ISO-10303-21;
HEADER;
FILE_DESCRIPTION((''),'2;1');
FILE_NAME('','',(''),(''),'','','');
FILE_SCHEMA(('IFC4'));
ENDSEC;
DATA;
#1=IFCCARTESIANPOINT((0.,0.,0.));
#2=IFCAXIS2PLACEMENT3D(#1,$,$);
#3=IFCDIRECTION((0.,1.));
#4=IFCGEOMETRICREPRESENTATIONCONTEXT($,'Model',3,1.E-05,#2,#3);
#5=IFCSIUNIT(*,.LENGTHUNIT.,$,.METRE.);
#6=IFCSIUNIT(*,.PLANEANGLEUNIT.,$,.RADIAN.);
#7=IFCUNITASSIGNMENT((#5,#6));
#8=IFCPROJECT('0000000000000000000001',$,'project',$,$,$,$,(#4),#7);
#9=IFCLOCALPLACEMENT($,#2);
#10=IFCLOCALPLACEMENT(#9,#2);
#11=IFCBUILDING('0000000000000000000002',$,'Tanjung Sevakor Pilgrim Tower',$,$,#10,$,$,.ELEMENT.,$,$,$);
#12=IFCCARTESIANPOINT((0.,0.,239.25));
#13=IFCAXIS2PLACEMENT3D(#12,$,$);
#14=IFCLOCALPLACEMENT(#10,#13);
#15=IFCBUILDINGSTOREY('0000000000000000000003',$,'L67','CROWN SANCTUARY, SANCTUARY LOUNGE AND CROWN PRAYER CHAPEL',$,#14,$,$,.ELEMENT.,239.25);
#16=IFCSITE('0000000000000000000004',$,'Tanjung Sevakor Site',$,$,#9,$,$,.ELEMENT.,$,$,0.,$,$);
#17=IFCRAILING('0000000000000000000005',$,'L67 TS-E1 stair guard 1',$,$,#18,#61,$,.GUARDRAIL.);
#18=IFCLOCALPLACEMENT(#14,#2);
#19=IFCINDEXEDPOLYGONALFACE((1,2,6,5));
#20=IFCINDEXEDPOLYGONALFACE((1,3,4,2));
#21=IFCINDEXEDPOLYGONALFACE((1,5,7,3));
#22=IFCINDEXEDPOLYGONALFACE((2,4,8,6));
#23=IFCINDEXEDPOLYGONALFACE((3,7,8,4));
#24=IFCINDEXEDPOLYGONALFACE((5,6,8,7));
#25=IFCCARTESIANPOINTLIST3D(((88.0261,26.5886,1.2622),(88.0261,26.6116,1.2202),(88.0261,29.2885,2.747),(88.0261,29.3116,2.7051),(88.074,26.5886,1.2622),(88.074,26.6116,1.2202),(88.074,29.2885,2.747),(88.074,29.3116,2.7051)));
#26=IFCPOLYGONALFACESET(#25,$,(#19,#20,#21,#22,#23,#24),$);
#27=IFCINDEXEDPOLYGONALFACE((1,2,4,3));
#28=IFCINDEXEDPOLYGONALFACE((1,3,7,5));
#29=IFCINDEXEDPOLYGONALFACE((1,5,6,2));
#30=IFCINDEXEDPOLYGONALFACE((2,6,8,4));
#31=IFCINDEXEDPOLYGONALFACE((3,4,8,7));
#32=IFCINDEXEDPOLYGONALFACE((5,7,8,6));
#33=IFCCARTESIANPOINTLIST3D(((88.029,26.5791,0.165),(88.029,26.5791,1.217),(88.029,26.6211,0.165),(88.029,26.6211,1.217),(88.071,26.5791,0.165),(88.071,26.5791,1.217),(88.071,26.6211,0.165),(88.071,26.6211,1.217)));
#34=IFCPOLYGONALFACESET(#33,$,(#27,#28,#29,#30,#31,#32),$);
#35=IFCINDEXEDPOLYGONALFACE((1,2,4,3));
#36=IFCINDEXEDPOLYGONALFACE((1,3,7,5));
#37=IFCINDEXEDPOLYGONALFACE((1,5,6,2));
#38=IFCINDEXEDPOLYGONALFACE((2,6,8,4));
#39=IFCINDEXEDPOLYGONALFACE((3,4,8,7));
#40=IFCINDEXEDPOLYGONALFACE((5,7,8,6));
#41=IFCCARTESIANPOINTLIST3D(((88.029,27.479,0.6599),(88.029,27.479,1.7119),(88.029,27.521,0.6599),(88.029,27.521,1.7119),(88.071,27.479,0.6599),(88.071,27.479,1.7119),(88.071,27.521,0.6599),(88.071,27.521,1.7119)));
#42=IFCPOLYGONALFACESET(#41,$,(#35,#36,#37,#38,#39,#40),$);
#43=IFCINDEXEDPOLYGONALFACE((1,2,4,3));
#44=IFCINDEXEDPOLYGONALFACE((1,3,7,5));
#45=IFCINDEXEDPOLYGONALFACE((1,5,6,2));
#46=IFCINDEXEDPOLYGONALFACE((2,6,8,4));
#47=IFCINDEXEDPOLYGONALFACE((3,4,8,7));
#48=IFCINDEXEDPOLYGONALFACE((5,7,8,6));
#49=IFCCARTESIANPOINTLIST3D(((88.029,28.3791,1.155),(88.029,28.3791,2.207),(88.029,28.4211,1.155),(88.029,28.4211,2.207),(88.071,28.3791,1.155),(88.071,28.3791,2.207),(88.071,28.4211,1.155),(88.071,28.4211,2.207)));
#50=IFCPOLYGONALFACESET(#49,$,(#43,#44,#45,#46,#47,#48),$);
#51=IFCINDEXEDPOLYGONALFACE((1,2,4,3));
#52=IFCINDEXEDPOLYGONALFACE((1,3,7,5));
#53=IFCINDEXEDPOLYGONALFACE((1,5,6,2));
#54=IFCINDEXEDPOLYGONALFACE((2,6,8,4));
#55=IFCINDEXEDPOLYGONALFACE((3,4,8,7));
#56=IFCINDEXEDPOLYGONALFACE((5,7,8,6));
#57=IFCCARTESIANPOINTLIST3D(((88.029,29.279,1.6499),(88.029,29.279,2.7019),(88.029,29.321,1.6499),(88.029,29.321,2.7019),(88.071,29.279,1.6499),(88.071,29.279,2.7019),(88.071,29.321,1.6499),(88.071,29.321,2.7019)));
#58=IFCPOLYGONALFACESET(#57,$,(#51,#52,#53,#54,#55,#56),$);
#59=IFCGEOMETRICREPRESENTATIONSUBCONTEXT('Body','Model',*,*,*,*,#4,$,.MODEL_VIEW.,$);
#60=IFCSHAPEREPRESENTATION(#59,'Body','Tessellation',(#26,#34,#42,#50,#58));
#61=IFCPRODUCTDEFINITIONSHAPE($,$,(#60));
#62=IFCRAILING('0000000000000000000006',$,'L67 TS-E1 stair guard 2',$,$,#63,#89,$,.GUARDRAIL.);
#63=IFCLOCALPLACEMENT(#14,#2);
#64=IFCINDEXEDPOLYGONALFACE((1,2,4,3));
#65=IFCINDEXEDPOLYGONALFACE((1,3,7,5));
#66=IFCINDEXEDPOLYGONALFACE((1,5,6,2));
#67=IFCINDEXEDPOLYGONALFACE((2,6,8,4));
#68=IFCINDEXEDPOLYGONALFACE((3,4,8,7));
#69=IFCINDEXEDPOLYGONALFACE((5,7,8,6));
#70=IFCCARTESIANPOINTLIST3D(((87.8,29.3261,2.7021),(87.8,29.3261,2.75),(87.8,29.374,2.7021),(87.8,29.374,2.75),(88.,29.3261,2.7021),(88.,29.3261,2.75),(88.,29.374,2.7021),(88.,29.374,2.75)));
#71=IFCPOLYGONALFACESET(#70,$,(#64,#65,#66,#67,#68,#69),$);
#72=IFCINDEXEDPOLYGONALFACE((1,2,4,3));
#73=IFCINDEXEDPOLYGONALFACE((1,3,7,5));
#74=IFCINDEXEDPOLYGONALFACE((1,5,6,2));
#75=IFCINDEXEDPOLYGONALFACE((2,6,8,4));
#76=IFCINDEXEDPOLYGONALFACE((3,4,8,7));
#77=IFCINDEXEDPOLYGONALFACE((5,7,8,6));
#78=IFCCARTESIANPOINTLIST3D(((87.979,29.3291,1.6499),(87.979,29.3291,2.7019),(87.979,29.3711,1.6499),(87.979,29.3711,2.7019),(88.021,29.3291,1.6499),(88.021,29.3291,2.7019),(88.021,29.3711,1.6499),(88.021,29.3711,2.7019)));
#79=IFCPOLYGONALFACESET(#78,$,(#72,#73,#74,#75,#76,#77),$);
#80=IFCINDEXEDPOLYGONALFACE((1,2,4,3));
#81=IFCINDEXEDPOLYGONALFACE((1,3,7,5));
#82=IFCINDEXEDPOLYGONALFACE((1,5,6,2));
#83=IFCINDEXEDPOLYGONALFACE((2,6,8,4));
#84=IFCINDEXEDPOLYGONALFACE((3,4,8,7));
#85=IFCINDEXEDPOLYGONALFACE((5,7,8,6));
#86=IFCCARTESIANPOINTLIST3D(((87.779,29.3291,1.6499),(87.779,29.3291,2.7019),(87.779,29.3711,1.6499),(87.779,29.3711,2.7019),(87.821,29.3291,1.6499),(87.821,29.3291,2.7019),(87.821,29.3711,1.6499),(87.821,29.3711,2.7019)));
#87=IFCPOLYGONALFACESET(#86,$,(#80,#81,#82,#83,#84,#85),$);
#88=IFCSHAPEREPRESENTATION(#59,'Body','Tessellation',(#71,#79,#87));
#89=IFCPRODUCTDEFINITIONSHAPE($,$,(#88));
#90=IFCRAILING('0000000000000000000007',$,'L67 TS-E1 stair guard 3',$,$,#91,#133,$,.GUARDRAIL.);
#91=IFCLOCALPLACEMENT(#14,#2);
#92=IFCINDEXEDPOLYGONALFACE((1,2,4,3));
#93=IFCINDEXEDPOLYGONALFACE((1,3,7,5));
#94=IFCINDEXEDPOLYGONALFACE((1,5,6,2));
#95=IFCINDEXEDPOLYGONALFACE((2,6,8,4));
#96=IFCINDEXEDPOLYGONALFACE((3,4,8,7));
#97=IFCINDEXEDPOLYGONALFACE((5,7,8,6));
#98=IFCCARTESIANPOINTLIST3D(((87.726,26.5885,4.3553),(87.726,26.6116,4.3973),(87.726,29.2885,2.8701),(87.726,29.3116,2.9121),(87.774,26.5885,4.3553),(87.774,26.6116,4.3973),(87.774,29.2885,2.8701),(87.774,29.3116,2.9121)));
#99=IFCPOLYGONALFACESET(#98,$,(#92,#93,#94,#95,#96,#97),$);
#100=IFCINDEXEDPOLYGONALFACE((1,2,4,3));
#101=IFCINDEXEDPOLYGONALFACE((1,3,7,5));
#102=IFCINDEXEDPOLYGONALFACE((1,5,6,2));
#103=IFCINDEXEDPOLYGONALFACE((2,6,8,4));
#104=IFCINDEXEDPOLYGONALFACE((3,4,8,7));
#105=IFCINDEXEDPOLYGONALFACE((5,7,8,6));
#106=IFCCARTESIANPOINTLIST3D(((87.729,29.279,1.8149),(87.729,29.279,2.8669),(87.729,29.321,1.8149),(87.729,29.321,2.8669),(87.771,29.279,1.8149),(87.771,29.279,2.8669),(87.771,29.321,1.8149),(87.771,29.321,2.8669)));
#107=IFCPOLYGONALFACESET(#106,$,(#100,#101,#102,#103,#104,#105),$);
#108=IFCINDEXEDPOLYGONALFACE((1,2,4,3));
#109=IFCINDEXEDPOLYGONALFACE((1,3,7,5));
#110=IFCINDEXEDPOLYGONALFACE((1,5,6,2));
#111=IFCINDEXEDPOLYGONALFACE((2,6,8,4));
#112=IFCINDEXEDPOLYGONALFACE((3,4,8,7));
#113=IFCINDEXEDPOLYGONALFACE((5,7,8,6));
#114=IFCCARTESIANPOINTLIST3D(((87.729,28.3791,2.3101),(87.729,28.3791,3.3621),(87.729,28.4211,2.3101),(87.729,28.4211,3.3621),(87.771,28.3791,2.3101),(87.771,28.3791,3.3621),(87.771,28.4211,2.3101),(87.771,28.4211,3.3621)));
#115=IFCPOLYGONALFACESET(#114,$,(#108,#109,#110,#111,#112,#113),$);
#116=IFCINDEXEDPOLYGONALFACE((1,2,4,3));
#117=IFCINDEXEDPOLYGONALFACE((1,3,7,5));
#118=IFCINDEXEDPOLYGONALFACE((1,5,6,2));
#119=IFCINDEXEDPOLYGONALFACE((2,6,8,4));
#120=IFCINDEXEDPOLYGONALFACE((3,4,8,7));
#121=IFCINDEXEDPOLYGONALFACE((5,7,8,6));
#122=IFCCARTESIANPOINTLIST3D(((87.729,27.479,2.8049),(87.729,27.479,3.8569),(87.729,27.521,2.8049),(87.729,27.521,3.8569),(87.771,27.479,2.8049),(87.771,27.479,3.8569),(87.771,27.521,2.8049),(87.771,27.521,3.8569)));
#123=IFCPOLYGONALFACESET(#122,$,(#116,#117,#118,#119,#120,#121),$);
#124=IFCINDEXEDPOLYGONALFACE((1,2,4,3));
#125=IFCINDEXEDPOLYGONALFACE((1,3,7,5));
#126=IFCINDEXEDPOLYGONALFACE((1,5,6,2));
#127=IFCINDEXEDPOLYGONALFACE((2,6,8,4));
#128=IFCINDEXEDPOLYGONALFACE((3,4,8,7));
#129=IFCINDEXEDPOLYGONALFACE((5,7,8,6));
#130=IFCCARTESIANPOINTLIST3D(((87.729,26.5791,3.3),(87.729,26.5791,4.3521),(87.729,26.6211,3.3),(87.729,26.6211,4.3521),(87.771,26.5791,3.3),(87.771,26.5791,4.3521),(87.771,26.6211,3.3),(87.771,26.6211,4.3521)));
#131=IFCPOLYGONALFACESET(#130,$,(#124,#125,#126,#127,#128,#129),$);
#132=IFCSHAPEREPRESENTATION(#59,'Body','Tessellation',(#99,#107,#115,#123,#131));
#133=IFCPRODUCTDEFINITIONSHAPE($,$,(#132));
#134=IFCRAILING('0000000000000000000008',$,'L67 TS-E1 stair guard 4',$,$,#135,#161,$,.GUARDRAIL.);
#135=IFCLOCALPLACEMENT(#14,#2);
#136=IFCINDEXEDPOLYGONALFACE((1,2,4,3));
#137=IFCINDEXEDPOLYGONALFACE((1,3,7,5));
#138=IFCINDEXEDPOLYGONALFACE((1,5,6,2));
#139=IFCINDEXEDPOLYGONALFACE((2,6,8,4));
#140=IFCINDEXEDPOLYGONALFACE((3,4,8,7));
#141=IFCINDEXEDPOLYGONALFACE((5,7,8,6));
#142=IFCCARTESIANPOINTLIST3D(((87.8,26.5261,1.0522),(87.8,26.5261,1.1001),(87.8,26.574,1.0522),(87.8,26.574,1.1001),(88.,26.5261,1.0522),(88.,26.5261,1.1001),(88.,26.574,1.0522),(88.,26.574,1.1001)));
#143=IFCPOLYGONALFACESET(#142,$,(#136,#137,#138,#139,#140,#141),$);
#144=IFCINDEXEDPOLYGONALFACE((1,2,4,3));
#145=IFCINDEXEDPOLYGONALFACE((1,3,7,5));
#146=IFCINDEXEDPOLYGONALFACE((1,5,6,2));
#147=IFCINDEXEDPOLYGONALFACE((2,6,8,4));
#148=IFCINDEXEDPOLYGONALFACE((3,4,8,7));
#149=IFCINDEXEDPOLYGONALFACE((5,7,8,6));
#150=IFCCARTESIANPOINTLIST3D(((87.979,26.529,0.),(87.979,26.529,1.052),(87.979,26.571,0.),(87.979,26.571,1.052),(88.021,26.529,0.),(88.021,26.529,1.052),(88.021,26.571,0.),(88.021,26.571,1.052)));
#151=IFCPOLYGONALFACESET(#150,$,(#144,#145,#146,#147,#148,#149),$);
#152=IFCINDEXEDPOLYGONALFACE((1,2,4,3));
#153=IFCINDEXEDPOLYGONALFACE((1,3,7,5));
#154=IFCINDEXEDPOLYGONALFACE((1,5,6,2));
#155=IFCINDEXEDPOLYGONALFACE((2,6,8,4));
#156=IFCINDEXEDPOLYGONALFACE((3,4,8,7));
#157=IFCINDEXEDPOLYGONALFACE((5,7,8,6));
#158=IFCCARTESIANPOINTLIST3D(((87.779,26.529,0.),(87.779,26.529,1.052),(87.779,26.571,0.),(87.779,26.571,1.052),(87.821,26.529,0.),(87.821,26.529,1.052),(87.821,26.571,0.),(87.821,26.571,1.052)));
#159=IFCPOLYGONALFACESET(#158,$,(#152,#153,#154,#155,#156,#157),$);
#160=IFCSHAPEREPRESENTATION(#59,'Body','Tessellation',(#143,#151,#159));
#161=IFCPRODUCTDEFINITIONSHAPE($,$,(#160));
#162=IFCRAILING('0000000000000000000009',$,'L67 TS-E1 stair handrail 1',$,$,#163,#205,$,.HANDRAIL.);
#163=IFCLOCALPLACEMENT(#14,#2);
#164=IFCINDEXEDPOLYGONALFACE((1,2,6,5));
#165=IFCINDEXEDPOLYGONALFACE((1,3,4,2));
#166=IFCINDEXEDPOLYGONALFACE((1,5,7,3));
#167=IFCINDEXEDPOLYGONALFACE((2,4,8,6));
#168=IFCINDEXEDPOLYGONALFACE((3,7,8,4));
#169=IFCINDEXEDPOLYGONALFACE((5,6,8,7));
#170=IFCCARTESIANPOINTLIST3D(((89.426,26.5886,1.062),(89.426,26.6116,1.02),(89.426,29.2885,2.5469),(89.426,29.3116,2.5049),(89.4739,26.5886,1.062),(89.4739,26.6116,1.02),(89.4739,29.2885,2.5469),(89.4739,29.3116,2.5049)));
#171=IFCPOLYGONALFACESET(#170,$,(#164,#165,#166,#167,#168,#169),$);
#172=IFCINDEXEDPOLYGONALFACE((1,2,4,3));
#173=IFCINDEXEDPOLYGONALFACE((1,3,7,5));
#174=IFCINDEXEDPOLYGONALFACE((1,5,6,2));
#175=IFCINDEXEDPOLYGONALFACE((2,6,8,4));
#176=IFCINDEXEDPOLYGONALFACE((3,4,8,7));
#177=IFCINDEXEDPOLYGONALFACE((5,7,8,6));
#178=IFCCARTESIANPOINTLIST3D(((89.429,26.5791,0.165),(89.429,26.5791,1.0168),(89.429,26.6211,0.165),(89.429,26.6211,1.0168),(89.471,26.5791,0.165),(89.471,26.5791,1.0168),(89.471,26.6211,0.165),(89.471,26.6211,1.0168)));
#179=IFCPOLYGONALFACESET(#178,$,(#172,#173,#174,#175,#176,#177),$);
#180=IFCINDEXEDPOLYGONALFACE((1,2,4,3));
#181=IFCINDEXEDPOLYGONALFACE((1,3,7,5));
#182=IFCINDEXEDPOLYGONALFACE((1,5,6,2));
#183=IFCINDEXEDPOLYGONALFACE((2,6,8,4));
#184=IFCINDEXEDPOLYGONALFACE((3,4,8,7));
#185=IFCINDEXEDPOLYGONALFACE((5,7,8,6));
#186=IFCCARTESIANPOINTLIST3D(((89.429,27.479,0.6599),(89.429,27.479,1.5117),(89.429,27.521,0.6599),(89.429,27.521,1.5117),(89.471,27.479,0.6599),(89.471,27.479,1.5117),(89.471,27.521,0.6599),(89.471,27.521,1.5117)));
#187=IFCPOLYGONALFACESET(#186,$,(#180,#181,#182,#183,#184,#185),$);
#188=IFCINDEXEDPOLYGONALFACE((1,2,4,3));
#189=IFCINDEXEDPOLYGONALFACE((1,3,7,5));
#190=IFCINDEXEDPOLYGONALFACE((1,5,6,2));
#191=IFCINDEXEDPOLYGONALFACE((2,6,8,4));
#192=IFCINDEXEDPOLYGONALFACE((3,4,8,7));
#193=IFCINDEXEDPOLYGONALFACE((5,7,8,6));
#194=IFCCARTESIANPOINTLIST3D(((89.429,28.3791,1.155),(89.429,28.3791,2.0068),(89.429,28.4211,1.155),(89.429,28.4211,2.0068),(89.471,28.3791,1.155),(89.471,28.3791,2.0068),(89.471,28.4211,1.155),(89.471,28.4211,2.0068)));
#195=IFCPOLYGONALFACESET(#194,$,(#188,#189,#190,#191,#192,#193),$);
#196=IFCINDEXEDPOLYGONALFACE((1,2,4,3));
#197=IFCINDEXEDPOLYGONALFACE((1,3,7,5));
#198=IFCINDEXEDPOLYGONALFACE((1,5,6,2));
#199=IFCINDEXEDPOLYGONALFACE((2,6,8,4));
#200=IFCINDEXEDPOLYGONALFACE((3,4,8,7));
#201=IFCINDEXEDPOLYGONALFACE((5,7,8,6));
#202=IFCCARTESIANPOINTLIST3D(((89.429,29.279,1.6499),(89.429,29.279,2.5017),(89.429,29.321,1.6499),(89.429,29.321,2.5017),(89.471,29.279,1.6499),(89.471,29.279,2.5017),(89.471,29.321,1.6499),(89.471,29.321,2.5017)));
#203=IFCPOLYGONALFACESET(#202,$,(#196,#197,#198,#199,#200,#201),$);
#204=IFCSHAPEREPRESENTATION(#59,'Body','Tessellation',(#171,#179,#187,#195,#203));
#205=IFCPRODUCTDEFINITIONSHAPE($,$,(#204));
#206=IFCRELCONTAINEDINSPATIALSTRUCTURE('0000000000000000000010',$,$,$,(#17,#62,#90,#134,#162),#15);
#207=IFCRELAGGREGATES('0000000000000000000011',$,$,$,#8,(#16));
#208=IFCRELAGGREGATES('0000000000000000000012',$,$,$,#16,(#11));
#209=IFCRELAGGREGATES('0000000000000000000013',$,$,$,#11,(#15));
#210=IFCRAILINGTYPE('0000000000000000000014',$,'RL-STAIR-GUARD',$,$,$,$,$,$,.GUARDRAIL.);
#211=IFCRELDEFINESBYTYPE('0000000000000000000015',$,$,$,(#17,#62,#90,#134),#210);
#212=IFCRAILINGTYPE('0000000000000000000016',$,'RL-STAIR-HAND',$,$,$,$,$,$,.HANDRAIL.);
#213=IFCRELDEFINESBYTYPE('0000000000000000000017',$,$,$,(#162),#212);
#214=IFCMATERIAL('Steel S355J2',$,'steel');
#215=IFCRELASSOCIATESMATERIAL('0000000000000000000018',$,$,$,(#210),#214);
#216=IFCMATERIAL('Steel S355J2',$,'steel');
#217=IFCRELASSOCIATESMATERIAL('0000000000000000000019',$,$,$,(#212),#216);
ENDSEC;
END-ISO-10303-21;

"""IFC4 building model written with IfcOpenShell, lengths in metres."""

from ifc_helpers import new_model, si_unit, direction, frame, origin, place, context, subcontext, project, spatial, rectangle, extrude, material, type_object, element, save


model = new_model("IFC4")

# Units and contexts
model_context = context("Model", 3, precision=1e-05, world=origin(), true_north=direction((0.0, 1.0)))
body_context = subcontext(model_context, "Body", "Model", "MODEL_VIEW")
ifc_project = project(units=[si_unit("LENGTHUNIT", "METRE"), si_unit("PLANEANGLEUNIT", "RADIAN")], contexts=[model_context])

# Site, building, storey
site_placement = place(None, origin())
site = spatial("IfcSite", under=ifc_project, at=site_placement, Name="Tanjung Sevakor Site", CompositionType="ELEMENT", RefElevation=0.0)
building_placement = place(site_placement, origin())
building = spatial("IfcBuilding", under=site, at=building_placement, Name="Tanjung Sevakor Pilgrim Tower", CompositionType="ELEMENT")
storey_placement = place(building_placement, frame((0.0, 0.0, 239.25)))
storey = spatial("IfcBuildingStorey", under=building, at=storey_placement, Name="L67", Description="CROWN SANCTUARY, SANCTUARY LOUNGE AND CROWN PRAYER CHAPEL", CompositionType="ELEMENT", Elevation=239.25)

# Railings
ifc_material_1 = material(Name="Steel S355J2", Category="steel")
railing_type_1 = type_object("IfcRailingType", Name="RL-STAIR-GUARD", PredefinedType="GUARDRAIL", material=ifc_material_1)
railing_1_placement = place(storey_placement, frame((88.05, 26.6001, 0.165)))
element("IfcRailing", 1, at=railing_1_placement, inside=storey, type_object=railing_type_1, Name="L67 TS-E1 stair guard 1", PredefinedType="GUARDRAIL", context=body_context, shape_type="SweptSolid", body=[
    extrude(rectangle(XDim=0.0479, YDim=0.0479), frame((0.0, 0.0, 1.0762), z_axis=(0.0, 0.876231, 0.481891), x_axis=(-1.0, 0.0, 0.0)), (0.0, 0.0, 1.0), 3.0813),
    extrude(rectangle(XDim=0.042, YDim=0.042), origin(), (0.0, 0.0, 1.0), 1.052),
    extrude(rectangle(XDim=0.042, YDim=0.042), frame((0.0, 0.8999, 0.4949)), (0.0, 0.0, 1.0), 1.052),
    extrude(rectangle(XDim=0.042, YDim=0.042), frame((0.0, 1.8, 0.99)), (0.0, 0.0, 1.0), 1.052),
    extrude(rectangle(XDim=0.042, YDim=0.042), frame((0.0, 2.7, 1.4849)), (0.0, 0.0, 1.0), 1.052),
])
railing_2_placement = place(storey_placement, frame((88.0, 29.3501, 1.6499)))
element("IfcRailing", 2, at=railing_2_placement, inside=storey, type_object=railing_type_1, Name="L67 TS-E1 stair guard 2", PredefinedType="GUARDRAIL", context=body_context, shape_type="SweptSolid", body=[
    extrude(rectangle(XDim=0.0479, YDim=0.0479), frame((0.0, 0.0, 1.0762), z_axis=(-1.0, 0.0, 0.0), x_axis=(0.0, -1.0, 0.0)), (0.0, 0.0, 1.0), 0.2),
    extrude(rectangle(XDim=0.042, YDim=0.042), origin(), (0.0, 0.0, 1.0), 1.052),
    extrude(rectangle(XDim=0.042, YDim=0.042), frame((-0.2, 0.0, 0.0)), (0.0, 0.0, 1.0), 1.052),
])
railing_3_placement = place(storey_placement, frame((87.75, 29.3, 1.8149)))
element("IfcRailing", 3, at=railing_3_placement, inside=storey, type_object=railing_type_1, Name="L67 TS-E1 stair guard 3", PredefinedType="GUARDRAIL", context=body_context, shape_type="SweptSolid", body=[
    extrude(rectangle(XDim=0.0479, YDim=0.0479), frame((0.0, 0.0, 1.0762), z_axis=(0.0, -0.876198, 0.481952), x_axis=(1.0, 0.0, 0.0)), (0.0, 0.0, 1.0), 3.0815),
    extrude(rectangle(XDim=0.042, YDim=0.042), origin(), (0.0, 0.0, 1.0), 1.052),
    extrude(rectangle(XDim=0.042, YDim=0.042), frame((0.0, -0.8999, 0.4951)), (0.0, 0.0, 1.0), 1.052),
    extrude(rectangle(XDim=0.042, YDim=0.042), frame((0.0, -1.8, 0.99)), (0.0, 0.0, 1.0), 1.052),
    extrude(rectangle(XDim=0.042, YDim=0.042), frame((0.0, -2.7, 1.4851)), (0.0, 0.0, 1.0), 1.052),
])
railing_4_placement = place(storey_placement, frame((88.0, 26.55, 0.0)))
element("IfcRailing", 4, at=railing_4_placement, inside=storey, type_object=railing_type_1, Name="L67 TS-E1 stair guard 4", PredefinedType="GUARDRAIL", context=body_context, shape_type="SweptSolid", body=[
    extrude(rectangle(XDim=0.0479, YDim=0.0479), frame((0.0, 0.0, 1.0762), z_axis=(-1.0, 0.0, 0.0), x_axis=(0.0, -1.0, 0.0)), (0.0, 0.0, 1.0), 0.2),
    extrude(rectangle(XDim=0.042, YDim=0.042), origin(), (0.0, 0.0, 1.0), 1.052),
    extrude(rectangle(XDim=0.042, YDim=0.042), frame((-0.2, 0.0, 0.0)), (0.0, 0.0, 1.0), 1.052),
])
ifc_material_2 = material(Name="Steel S355J2", Category="steel")
railing_type_2 = type_object("IfcRailingType", Name="RL-STAIR-HAND", PredefinedType="HANDRAIL", material=ifc_material_2)
railing_5_placement = place(storey_placement, frame((89.45, 26.6001, 0.165)))
element("IfcRailing", 5, at=railing_5_placement, inside=storey, type_object=railing_type_2, Name="L67 TS-E1 stair handrail 1", PredefinedType="HANDRAIL", context=body_context, shape_type="SweptSolid", body=[
    extrude(rectangle(XDim=0.0479, YDim=0.0479), frame((0.0, 0.0, 0.876), z_axis=(0.0, 0.876231, 0.481891), x_axis=(-1.0, 0.0, 0.0)), (0.0, 0.0, 1.0), 3.0813),
    extrude(rectangle(XDim=0.042, YDim=0.042), origin(), (0.0, 0.0, 1.0), 0.8518),
    extrude(rectangle(XDim=0.042, YDim=0.042), frame((0.0, 0.8999, 0.4949)), (0.0, 0.0, 1.0), 0.8518),
    extrude(rectangle(XDim=0.042, YDim=0.042), frame((0.0, 1.8, 0.99)), (0.0, 0.0, 1.0), 0.8518),
    extrude(rectangle(XDim=0.042, YDim=0.042), frame((0.0, 2.7, 1.4849)), (0.0, 0.0, 1.0), 0.8518),
])

save(model, "model.ifc")
